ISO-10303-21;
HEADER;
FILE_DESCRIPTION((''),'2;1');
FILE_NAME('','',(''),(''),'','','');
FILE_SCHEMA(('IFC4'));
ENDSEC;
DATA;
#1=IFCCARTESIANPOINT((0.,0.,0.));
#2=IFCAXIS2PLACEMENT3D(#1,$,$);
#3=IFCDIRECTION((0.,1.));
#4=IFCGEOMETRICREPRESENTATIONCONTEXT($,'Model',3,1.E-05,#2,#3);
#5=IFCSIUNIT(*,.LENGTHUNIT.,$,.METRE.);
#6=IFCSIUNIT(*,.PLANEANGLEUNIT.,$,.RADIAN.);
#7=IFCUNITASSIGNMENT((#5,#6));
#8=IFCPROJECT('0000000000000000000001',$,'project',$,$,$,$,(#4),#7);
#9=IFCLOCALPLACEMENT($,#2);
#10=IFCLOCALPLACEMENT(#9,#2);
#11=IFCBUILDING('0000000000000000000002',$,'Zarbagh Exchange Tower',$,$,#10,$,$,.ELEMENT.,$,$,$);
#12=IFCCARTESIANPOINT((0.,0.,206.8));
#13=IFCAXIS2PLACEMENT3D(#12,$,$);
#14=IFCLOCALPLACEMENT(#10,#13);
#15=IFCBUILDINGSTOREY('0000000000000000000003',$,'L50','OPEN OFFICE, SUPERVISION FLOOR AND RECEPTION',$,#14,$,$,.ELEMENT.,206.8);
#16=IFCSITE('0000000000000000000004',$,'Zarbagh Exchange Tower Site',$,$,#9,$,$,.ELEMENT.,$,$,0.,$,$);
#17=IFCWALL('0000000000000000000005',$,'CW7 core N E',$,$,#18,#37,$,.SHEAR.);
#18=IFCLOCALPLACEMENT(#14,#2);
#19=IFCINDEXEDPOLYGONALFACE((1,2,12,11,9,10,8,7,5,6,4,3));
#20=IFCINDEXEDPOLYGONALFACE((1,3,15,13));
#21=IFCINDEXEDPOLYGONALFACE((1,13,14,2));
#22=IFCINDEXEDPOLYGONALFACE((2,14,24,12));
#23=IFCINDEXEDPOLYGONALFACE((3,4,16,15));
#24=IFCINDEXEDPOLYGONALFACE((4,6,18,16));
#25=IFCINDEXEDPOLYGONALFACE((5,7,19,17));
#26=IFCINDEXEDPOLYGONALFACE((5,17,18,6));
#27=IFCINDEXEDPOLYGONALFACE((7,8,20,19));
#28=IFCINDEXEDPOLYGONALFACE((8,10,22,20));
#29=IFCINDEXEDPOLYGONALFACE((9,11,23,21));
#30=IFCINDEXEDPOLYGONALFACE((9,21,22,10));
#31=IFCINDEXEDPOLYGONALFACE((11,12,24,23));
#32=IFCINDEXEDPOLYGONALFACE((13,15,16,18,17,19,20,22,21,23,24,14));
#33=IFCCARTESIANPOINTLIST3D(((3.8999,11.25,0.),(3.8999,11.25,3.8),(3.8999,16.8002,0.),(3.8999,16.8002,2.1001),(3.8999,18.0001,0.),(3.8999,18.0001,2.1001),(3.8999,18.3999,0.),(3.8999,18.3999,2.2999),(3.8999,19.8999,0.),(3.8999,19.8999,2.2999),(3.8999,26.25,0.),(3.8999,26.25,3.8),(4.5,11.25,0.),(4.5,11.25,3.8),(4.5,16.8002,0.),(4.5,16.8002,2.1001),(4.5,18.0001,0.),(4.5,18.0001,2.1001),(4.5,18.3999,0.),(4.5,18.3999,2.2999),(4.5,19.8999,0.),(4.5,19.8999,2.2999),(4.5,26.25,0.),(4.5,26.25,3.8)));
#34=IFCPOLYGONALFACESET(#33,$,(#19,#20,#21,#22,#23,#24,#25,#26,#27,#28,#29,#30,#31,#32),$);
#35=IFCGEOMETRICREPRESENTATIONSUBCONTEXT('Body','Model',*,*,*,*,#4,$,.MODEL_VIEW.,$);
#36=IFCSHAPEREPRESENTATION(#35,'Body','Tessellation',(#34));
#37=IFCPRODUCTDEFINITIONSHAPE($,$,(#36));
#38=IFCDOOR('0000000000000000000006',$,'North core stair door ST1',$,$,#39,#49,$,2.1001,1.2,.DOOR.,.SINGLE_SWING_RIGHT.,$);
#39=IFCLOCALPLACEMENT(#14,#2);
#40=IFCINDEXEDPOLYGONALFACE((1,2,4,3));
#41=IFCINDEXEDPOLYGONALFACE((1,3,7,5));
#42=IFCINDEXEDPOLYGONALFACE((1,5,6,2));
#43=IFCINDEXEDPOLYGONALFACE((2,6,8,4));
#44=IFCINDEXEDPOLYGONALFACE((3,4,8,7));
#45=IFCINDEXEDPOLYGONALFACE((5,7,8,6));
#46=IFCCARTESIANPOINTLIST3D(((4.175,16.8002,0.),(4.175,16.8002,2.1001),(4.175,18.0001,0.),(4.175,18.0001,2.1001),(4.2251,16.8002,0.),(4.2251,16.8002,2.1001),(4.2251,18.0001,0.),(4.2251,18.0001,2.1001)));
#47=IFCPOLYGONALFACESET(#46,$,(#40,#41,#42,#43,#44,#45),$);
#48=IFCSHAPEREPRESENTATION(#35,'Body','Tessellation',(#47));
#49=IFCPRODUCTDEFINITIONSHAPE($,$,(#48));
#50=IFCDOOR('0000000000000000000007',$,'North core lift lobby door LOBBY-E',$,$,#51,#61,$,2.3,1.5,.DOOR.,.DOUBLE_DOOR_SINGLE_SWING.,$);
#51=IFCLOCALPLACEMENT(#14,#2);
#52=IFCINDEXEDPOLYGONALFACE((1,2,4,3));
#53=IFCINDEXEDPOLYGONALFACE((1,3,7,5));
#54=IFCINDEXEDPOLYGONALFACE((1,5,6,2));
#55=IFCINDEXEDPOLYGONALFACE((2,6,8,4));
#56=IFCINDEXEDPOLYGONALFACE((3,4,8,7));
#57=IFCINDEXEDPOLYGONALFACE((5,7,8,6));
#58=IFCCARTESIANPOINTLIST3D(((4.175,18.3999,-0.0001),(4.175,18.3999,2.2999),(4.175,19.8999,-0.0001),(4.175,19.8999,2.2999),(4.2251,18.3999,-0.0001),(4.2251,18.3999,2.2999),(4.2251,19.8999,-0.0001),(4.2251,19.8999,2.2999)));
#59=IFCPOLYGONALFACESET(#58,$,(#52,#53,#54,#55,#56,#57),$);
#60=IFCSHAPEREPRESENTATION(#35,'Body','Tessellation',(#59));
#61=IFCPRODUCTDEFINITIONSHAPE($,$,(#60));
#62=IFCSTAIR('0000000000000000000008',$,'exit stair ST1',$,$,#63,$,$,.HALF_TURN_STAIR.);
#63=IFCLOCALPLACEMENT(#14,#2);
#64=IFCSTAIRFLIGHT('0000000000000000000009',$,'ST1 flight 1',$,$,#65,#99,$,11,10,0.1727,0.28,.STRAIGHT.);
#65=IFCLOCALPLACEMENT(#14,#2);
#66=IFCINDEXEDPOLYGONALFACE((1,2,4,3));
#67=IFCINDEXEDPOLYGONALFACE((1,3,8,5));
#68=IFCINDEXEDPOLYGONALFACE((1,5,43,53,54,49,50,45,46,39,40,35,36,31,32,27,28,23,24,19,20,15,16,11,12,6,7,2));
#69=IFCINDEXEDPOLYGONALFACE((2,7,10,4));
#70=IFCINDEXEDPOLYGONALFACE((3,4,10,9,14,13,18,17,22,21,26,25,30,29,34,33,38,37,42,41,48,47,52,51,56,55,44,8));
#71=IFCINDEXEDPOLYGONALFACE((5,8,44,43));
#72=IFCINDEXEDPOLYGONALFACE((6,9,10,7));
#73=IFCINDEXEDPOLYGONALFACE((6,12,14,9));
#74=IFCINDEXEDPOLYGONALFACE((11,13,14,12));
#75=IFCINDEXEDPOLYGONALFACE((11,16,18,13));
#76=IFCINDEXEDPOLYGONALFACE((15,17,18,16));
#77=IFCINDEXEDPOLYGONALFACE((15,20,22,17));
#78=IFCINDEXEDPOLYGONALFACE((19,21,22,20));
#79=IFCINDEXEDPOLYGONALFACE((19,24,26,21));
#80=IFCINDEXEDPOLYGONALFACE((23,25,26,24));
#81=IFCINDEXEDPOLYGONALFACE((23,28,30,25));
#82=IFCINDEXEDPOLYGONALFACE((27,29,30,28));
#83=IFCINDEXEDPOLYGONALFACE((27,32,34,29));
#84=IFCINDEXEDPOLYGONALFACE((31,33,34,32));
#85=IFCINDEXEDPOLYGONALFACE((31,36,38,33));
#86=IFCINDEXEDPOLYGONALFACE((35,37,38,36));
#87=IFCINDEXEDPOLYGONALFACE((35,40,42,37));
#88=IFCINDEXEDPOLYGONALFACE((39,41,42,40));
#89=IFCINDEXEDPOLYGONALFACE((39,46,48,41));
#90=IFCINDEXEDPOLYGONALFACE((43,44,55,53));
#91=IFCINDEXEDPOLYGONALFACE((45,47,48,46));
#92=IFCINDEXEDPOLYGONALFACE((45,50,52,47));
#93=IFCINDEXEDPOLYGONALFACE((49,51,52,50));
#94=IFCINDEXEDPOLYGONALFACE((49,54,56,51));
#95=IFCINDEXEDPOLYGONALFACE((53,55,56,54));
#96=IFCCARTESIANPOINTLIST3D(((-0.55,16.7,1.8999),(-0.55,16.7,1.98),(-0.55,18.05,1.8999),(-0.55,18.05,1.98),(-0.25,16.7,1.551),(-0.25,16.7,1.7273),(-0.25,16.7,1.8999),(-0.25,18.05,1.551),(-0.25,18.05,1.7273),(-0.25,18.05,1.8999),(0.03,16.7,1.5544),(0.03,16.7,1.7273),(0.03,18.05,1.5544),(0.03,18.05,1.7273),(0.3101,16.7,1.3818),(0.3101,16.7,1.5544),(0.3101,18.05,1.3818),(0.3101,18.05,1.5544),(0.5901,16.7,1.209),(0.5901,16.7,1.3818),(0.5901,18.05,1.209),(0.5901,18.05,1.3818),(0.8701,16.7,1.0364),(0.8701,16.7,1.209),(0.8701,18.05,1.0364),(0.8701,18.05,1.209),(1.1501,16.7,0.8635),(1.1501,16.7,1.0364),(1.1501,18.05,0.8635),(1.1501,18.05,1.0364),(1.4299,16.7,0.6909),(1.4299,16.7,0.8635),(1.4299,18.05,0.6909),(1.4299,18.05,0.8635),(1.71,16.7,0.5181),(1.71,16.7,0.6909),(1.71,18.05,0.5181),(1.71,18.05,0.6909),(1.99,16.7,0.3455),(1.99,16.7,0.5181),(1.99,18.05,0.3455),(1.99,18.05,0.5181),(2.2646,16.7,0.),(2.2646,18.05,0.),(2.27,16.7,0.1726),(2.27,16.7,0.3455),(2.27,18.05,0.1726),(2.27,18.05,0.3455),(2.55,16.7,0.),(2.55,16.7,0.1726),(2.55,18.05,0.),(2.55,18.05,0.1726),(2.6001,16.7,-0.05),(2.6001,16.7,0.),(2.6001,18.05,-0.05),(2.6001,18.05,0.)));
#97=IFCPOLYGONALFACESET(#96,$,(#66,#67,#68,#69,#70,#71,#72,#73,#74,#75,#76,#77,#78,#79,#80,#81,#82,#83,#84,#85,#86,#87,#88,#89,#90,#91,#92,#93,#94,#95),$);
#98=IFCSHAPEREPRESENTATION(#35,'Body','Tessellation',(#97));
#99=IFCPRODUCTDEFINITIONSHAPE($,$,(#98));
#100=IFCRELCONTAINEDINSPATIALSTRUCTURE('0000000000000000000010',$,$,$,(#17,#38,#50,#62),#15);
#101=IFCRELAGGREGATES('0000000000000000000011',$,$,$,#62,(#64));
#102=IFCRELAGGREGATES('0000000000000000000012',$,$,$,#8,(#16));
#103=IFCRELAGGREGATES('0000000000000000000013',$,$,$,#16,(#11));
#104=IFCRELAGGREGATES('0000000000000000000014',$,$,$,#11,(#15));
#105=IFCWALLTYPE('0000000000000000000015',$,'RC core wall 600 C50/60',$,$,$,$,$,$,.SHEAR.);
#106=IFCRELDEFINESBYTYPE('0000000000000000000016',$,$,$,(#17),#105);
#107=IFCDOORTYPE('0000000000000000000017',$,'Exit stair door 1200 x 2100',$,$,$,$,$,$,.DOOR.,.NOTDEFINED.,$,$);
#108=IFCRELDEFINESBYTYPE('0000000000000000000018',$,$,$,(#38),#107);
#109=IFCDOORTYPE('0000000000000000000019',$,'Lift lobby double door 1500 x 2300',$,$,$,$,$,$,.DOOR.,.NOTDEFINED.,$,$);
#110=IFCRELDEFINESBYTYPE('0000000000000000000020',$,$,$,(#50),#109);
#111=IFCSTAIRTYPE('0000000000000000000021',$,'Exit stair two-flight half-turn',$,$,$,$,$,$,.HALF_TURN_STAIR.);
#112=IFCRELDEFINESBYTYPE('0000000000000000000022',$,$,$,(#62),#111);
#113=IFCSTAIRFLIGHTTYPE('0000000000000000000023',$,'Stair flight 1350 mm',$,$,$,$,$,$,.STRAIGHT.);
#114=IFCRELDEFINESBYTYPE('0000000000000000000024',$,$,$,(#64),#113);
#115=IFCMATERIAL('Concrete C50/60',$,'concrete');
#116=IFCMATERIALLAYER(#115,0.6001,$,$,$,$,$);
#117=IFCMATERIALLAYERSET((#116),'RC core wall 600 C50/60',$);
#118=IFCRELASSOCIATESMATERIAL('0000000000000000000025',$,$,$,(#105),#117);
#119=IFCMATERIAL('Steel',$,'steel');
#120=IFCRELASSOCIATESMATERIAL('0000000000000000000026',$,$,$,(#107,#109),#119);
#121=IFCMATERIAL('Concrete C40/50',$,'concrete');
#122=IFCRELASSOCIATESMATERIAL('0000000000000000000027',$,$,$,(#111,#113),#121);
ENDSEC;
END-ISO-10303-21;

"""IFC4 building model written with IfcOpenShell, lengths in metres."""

from ifc_helpers import new_model, si_unit, direction, frame, frame_2d, origin, place, context, subcontext, project, spatial, polyline, rectangle, outline, extrude, material, layer, layer_set, type_object, element, fill, aggregate, save


model = new_model("IFC4")

# Units and contexts
model_context = context("Model", 3, precision=1e-05, world=origin(), true_north=direction((0.0, 1.0)))
body_context = subcontext(model_context, "Body", "Model", "MODEL_VIEW")
ifc_project = project(units=[si_unit("LENGTHUNIT", "METRE"), si_unit("PLANEANGLEUNIT", "RADIAN")], contexts=[model_context])

# Site, building, storey
site_placement = place(None, origin())
site = spatial("IfcSite", under=ifc_project, at=site_placement, Name="Zarbagh Exchange Tower Site", CompositionType="ELEMENT", RefElevation=0.0)
building_placement = place(site_placement, origin())
building = spatial("IfcBuilding", under=site, at=building_placement, Name="Zarbagh Exchange Tower", CompositionType="ELEMENT")
storey_placement = place(building_placement, frame((0.0, 0.0, 206.8)))
storey = spatial("IfcBuildingStorey", under=building, at=storey_placement, Name="L50", Description="OPEN OFFICE, SUPERVISION FLOOR AND RECEPTION", CompositionType="ELEMENT", Elevation=206.8)

# Shared definitions
ifc_material_1 = material(Name="Concrete C50/60", Category="concrete")

# Wall, openings, doors
ifc_layer_1 = layer(ifc_material_1, 0.6001)
ifc_layer_set_1 = layer_set([ifc_layer_1], Name="RC core wall 600 C50/60")
wall_type_1 = type_object("IfcWallType", Name="RC core wall 600 C50/60", PredefinedType="SHEAR", material=ifc_layer_set_1)
wall_1_placement = place(storey_placement, frame((4.2, 11.25, 0.0), z_axis=(0.0, 0.0, 1.0), x_axis=(0.0, 1.0, 0.0)))
wall_1 = element("IfcWall", 1, at=wall_1_placement, inside=storey, type_object=wall_type_1, Name="CW7 core N E", PredefinedType="SHEAR", context=body_context, shape_type="SweptSolid", body=[
    extrude(rectangle(XDim=15.0, YDim=0.6001, at=frame_2d((7.5, 0.0))), origin(), (0.0, 0.0, 1.0), 3.8),
])
opening_1_placement = place(wall_1_placement, frame((7.1499, 0.0, 0.0)))
opening_1 = element("IfcOpeningElement", 2, at=opening_1_placement, cuts=wall_1, PredefinedType="OPENING", context=body_context, shape_type="SweptSolid", body=[
    extrude(rectangle(XDim=1.5, YDim=2.3, at=frame_2d((0.75, 1.1499))), frame((0.0, 0.3101, 0.0), z_axis=(0.0, -1.0, 0.0), x_axis=(1.0, 0.0, 0.0)), (0.0, 0.0, 1.0), 0.6201),
])
opening_2_placement = place(wall_1_placement, frame((5.55, 0.0, 0.0)))
opening_2 = element("IfcOpeningElement", 3, at=opening_2_placement, cuts=wall_1, PredefinedType="OPENING", context=body_context, shape_type="SweptSolid", body=[
    extrude(rectangle(XDim=1.2, YDim=2.1001, at=frame_2d((0.6001, 1.05))), frame((0.0, 0.3101, 0.0), z_axis=(0.0, -1.0, 0.0), x_axis=(1.0, 0.0, 0.0)), (0.0, 0.0, 1.0), 0.6201),
])
ifc_material_2 = material(Name="Steel", Category="steel")
door_type_1 = type_object("IfcDoorType", Name="Exit stair door 1200 x 2100", OperationType="NOTDEFINED", PredefinedType="DOOR", material=ifc_material_2)
door_1_placement = place(opening_2_placement, origin())
door_1 = element("IfcDoor", 4, at=door_1_placement, inside=storey, type_object=door_type_1, Name="North core stair door ST1", OperationType="SINGLE_SWING_RIGHT", OverallHeight=2.1001, OverallWidth=1.2, PredefinedType="DOOR", context=body_context, shape_type="SweptSolid", body=[
    extrude(rectangle(XDim=1.2, YDim=2.1001, at=frame_2d((0.6001, 1.05))), frame((0.0, 0.0249, 0.0), z_axis=(0.0, -1.0, 0.0), x_axis=(1.0, 0.0, 0.0)), (0.0, 0.0, 1.0), 0.05),
])
fill(opening_2, door_1)
door_type_2 = type_object("IfcDoorType", Name="Lift lobby double door 1500 x 2300", OperationType="NOTDEFINED", PredefinedType="DOOR", material=ifc_material_2)
door_2_placement = place(opening_1_placement, origin())
door_2 = element("IfcDoor", 5, at=door_2_placement, inside=storey, type_object=door_type_2, Name="North core lift lobby door LOBBY-E", OperationType="DOUBLE_DOOR_SINGLE_SWING", OverallHeight=2.3, OverallWidth=1.5, PredefinedType="DOOR", context=body_context, shape_type="SweptSolid", body=[
    extrude(rectangle(XDim=1.5, YDim=2.3, at=frame_2d((0.75, 1.1499))), frame((0.0, 0.0249, 0.0), z_axis=(0.0, -1.0, 0.0), x_axis=(1.0, 0.0, 0.0)), (0.0, 0.0, 1.0), 0.05),
])
fill(opening_1, door_2)

# Stair, stair flight
ifc_material_3 = material(Name="Concrete C40/50", Category="concrete")
stair_type = type_object("IfcStairType", Name="Exit stair two-flight half-turn", PredefinedType="HALF_TURN_STAIR", material=ifc_material_3)
stair_placement = place(storey_placement, origin())
stair = element("IfcStair", 6, at=stair_placement, inside=storey, type_object=stair_type, Name="exit stair ST1", PredefinedType="HALF_TURN_STAIR")
stair_flight_type = type_object("IfcStairFlightType", Name="Stair flight 1350 mm", PredefinedType="STRAIGHT", material=ifc_material_3)
stair_flight_placement = place(storey_placement, frame((2.55, 17.375, 0.0), z_axis=(0.0, 0.0, 1.0), x_axis=(-1.0, 0.0, 0.0)))
stair_flight = element("IfcStairFlight", 7, at=stair_flight_placement, type_object=stair_flight_type, Name="ST1 flight 1", NumberOfRisers=11, NumberOfTreads=10, PredefinedType="STRAIGHT", RiserHeight=0.1727, TreadLength=0.28, context=body_context, shape_type="SweptSolid", body=[
    extrude(outline(polyline([(-0.05, -0.05), (-0.05, 0.0), (0.0, 0.0), (0.0, 0.1726), (0.28, 0.1726), (0.28, 0.3455), (0.5601, 0.3455), (0.5601, 0.5181), (0.8401, 0.5181), (0.8401, 0.6909), (1.1201, 0.6909), (1.1201, 0.8635), (1.3999, 0.8635), (1.3999, 1.0364), (1.6799, 1.0364), (1.6799, 1.209), (1.96, 1.209), (1.96, 1.3818), (2.24, 1.3818), (2.24, 1.5544), (2.52, 1.5544), (2.52, 1.7273), (2.8, 1.7273), (2.8, 1.8999), (3.1001, 1.98), (3.1001, 1.8999), (2.8, 1.551), (0.2854, 0.0), (-0.05, -0.05)])), frame((0.0, 0.675, 0.0), z_axis=(0.0, -1.0, 0.0), x_axis=(1.0, 0.0, 0.0)), (0.0, 0.0, 1.0), 1.3501),
])
aggregate(stair, [stair_flight])

save(model, "model.ifc")
